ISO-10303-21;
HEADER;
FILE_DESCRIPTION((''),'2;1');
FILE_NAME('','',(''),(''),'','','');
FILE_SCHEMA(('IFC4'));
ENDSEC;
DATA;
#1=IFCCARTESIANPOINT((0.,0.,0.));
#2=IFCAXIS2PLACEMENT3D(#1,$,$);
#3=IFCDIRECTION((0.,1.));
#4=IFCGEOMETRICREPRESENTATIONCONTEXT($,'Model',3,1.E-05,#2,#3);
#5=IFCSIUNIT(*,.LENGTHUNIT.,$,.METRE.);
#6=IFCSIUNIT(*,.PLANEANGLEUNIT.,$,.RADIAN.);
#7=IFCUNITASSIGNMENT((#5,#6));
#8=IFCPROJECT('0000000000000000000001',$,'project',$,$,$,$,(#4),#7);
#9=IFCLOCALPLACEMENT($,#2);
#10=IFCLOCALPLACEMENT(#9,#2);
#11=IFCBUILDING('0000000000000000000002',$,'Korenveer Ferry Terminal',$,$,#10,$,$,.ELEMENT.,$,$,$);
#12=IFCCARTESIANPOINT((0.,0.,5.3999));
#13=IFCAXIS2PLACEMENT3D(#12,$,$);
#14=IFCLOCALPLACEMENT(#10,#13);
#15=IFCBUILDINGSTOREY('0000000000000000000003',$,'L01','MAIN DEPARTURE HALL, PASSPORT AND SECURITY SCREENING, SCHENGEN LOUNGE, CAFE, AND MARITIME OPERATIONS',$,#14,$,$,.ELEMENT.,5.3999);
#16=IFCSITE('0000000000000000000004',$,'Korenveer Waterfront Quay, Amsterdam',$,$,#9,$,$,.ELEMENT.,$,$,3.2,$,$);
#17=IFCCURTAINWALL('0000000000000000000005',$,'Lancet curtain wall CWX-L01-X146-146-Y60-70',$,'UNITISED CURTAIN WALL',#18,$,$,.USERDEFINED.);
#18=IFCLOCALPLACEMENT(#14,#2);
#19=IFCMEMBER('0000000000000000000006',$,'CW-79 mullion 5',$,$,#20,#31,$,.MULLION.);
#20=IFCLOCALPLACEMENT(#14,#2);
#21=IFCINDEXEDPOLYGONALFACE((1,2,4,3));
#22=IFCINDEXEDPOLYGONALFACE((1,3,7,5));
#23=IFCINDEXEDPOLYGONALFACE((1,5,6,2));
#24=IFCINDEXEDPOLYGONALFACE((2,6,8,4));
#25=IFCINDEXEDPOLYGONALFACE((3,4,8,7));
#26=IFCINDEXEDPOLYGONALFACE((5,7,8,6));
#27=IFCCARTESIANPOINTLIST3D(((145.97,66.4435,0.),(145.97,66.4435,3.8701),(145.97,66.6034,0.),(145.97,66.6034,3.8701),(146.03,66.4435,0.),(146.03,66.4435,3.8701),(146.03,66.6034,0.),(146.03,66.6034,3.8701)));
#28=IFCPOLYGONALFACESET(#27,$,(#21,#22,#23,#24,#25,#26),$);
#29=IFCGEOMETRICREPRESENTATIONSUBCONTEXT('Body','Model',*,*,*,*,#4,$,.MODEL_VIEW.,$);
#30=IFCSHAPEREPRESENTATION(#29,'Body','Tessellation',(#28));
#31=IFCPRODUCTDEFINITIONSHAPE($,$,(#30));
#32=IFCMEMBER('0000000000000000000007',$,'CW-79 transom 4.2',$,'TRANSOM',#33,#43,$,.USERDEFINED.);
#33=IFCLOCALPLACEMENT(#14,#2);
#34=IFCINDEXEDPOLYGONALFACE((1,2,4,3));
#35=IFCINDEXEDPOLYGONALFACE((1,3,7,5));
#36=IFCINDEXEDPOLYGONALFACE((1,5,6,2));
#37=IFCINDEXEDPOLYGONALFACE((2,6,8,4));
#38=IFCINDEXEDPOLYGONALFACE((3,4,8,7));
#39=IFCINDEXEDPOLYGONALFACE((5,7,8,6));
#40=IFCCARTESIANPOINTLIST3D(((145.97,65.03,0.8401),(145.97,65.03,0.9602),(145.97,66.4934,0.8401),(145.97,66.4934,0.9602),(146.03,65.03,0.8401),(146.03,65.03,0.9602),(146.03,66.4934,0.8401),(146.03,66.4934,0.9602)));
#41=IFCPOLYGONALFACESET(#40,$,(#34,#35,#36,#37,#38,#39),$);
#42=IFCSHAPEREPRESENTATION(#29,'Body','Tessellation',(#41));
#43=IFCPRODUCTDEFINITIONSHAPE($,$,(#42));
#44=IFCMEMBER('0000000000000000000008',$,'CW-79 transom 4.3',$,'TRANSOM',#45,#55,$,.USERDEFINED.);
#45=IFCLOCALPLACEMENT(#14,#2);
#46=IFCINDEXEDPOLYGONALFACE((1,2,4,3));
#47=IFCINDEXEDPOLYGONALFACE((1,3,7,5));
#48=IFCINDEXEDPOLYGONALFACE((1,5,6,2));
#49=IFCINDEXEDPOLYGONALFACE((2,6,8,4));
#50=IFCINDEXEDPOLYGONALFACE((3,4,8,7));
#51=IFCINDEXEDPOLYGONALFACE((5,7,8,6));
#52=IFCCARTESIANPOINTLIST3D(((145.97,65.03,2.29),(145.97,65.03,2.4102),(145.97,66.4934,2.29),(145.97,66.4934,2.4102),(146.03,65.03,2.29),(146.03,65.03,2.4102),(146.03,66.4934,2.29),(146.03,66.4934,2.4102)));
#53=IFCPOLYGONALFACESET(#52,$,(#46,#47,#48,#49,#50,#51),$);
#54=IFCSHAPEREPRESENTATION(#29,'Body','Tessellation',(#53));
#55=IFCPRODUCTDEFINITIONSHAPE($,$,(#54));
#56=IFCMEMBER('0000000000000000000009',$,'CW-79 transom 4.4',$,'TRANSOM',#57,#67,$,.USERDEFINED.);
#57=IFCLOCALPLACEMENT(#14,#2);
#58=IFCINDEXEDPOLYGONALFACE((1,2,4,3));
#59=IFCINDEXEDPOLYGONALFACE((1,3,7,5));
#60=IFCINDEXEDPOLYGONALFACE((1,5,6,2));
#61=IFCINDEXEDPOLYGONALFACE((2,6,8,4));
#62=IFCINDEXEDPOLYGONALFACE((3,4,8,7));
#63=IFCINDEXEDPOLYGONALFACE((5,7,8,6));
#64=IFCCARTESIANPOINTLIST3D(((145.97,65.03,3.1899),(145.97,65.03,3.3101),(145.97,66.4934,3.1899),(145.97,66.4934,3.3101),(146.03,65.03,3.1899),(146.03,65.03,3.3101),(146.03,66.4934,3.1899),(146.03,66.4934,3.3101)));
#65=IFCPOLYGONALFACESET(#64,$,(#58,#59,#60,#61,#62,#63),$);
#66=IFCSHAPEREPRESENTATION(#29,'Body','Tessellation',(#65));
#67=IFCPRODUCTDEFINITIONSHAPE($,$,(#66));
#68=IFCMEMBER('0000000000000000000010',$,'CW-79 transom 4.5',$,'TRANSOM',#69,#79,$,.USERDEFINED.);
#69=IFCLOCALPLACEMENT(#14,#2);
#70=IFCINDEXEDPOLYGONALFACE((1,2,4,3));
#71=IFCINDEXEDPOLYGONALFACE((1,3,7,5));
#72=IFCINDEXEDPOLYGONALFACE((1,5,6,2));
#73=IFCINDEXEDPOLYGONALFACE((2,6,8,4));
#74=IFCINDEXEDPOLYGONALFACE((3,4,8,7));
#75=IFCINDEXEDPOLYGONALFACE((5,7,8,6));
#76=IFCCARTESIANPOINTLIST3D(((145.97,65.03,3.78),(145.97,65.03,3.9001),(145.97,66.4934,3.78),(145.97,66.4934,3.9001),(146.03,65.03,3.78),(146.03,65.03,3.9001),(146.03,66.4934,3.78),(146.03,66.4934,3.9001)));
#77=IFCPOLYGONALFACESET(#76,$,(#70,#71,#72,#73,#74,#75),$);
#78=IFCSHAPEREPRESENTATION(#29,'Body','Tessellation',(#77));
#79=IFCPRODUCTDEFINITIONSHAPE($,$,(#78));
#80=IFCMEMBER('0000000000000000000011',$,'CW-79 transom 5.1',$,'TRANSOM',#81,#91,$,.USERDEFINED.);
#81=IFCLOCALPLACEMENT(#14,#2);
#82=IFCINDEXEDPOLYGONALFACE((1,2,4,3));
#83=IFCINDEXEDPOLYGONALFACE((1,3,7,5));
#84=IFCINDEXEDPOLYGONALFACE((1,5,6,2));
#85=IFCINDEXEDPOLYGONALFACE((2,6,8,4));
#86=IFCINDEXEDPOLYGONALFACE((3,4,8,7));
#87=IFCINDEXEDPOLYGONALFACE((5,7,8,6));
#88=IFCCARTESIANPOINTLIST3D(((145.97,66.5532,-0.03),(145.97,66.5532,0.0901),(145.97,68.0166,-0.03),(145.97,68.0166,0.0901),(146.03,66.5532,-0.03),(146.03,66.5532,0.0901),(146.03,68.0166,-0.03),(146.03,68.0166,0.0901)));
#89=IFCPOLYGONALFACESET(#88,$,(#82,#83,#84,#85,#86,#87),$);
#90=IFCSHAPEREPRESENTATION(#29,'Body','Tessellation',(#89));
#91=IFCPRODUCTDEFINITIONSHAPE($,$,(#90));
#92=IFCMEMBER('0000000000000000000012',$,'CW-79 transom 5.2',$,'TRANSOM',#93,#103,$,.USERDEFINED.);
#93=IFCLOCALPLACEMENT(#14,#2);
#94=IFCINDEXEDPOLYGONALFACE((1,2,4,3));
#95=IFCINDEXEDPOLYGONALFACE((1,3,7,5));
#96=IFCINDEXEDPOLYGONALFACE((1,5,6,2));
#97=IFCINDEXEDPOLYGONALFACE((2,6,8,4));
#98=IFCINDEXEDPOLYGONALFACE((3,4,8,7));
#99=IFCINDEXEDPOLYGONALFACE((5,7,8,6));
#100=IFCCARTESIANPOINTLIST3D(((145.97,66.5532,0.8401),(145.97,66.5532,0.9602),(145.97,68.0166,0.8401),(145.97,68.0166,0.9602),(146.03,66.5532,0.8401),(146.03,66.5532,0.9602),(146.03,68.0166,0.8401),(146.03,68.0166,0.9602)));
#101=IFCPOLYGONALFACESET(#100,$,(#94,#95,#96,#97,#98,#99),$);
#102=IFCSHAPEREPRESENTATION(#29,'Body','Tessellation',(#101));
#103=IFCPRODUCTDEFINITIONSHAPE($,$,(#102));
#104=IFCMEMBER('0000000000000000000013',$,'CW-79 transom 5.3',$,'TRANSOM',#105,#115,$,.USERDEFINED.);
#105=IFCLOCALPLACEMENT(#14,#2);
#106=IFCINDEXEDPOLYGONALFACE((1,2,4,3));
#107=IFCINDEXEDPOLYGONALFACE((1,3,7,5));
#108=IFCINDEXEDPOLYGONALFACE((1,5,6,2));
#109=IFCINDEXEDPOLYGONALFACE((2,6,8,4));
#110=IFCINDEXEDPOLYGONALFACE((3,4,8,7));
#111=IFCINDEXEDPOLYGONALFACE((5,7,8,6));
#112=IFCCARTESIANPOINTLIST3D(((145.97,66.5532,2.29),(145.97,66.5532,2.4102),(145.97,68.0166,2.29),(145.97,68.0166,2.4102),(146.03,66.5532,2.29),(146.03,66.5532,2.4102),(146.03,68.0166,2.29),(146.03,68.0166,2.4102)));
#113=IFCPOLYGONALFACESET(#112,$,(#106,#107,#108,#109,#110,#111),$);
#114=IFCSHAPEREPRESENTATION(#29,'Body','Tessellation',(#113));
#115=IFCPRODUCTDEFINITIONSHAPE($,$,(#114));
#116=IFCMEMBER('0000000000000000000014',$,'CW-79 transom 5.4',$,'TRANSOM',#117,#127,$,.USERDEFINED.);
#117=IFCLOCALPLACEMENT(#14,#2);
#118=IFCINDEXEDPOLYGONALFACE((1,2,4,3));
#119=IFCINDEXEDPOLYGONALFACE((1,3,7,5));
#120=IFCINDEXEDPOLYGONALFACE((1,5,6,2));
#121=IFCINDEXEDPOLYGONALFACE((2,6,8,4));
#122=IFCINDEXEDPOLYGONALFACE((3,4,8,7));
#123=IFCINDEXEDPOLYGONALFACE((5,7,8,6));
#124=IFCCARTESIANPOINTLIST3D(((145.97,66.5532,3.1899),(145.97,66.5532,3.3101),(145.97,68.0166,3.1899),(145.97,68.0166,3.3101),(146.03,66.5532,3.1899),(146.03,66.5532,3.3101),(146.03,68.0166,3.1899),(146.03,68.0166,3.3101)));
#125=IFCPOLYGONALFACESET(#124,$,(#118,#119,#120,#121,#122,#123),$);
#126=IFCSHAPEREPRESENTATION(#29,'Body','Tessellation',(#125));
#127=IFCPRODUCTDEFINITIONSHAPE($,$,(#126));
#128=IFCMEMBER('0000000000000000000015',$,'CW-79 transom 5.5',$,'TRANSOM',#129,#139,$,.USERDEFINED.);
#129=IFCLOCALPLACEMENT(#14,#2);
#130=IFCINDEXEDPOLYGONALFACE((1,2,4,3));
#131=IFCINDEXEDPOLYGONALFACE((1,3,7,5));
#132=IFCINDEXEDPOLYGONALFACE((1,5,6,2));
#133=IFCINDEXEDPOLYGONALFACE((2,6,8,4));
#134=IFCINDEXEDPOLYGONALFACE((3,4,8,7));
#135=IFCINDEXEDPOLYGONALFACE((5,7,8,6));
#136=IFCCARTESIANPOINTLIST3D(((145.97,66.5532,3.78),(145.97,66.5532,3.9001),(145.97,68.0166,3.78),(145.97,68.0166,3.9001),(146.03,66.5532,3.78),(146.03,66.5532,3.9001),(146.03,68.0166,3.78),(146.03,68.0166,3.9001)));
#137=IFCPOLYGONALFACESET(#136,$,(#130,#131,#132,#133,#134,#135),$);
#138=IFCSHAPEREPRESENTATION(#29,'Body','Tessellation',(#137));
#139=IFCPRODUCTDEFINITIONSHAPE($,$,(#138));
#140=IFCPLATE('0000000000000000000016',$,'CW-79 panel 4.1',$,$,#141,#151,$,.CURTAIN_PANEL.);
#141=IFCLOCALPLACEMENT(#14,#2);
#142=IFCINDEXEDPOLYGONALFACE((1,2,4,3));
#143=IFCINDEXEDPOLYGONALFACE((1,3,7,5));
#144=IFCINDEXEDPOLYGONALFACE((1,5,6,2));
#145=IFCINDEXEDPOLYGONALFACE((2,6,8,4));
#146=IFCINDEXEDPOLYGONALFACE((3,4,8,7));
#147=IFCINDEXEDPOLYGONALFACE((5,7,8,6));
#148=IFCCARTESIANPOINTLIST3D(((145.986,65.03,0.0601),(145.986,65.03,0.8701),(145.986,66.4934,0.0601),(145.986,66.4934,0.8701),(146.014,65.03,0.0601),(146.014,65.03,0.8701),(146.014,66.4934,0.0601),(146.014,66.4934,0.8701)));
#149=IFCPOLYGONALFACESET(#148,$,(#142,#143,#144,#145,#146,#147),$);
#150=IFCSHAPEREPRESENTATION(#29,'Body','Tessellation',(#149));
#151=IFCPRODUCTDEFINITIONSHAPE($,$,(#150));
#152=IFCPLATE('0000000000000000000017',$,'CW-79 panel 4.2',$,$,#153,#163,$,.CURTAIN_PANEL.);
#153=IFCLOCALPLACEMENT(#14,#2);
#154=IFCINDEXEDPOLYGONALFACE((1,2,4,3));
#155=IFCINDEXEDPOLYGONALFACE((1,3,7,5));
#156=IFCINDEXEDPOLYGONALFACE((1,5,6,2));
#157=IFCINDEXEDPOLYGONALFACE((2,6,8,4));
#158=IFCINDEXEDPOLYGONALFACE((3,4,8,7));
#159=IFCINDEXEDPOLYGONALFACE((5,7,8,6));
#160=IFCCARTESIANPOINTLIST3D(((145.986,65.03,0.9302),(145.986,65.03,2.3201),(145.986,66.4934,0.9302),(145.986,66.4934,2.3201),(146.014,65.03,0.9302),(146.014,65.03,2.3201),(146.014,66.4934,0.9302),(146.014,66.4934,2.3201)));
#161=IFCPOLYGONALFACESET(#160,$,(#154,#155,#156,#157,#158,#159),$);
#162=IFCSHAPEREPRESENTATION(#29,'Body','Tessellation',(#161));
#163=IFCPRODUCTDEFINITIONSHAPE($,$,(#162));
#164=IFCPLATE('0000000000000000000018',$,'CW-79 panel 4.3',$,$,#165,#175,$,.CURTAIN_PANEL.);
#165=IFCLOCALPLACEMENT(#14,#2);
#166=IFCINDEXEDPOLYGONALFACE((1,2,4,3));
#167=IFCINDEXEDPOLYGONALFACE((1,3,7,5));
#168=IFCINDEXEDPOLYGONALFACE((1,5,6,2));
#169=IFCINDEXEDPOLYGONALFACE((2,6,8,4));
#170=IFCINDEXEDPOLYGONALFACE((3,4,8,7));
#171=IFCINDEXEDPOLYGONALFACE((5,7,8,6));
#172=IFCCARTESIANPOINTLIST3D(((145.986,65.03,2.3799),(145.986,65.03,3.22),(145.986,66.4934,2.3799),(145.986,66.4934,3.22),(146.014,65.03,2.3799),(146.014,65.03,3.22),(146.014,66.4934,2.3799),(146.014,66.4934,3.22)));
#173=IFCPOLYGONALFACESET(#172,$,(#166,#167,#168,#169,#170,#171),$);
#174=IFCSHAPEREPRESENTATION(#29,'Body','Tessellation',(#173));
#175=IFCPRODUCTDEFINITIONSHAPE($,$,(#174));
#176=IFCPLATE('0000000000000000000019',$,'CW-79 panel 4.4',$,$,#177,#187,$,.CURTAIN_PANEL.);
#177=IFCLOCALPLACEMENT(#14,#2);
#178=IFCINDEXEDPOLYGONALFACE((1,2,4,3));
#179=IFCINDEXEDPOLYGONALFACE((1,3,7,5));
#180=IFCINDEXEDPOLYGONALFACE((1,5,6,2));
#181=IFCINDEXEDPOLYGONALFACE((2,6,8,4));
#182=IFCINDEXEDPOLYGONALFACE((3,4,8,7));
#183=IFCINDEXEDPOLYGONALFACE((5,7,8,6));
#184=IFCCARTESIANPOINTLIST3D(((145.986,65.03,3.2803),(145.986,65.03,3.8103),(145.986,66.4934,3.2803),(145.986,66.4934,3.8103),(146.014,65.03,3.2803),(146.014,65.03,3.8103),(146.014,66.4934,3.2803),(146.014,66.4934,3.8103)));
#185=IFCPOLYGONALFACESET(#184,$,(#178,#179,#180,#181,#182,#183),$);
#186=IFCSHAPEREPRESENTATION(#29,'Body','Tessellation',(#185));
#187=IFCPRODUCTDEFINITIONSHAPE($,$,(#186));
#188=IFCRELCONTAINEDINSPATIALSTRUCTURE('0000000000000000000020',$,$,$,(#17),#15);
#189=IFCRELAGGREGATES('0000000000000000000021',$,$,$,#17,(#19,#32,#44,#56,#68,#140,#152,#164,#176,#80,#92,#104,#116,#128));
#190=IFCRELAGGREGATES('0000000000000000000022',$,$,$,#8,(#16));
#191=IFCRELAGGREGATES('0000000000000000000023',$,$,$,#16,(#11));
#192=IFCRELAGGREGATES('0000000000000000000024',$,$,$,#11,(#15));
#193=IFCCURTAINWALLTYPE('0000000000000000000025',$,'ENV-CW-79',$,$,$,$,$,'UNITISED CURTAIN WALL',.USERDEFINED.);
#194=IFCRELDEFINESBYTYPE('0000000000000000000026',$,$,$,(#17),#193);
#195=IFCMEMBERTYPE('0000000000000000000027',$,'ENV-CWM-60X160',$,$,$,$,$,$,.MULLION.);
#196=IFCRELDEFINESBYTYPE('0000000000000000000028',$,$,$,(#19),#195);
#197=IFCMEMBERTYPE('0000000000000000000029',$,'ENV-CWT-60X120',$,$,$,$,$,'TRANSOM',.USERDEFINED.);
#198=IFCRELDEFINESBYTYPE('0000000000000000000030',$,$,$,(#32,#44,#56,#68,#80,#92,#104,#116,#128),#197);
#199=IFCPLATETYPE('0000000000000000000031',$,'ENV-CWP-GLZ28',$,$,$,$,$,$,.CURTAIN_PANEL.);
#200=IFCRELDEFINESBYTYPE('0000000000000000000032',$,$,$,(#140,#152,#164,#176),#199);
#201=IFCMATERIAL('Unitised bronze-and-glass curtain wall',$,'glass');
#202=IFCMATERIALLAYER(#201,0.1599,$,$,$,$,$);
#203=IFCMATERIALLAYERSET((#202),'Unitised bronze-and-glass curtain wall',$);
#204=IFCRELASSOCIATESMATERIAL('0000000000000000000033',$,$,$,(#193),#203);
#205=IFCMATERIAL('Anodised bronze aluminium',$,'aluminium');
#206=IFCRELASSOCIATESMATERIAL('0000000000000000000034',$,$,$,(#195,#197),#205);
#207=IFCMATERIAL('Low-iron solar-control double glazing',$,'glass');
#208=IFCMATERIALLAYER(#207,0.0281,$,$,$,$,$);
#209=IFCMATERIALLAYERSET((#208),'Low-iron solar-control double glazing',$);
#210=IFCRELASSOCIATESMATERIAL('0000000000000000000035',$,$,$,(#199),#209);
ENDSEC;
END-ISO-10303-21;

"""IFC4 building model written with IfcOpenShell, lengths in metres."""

from ifc_helpers import new_model, si_unit, direction, frame, origin, origin_2d, place, context, subcontext, project, spatial, rectangle, extrude, material, layer, layer_set, material_profile, profile_set, type_object, element, aggregate, save


model = new_model("IFC4")

# Units and contexts
model_context = context("Model", 3, precision=1e-05, world=origin(), true_north=direction((0.0, 1.0)))
body_context = subcontext(model_context, "Body", "Model", "MODEL_VIEW")
ifc_project = project(units=[si_unit("LENGTHUNIT", "METRE"), si_unit("PLANEANGLEUNIT", "RADIAN")], contexts=[model_context])

# Site, building, storey
site_placement = place(None, origin())
site = spatial("IfcSite", under=ifc_project, at=site_placement, Name="Korenveer Waterfront Quay, Amsterdam", CompositionType="ELEMENT", RefElevation=3.2)
building_placement = place(site_placement, origin())
building = spatial("IfcBuilding", under=site, at=building_placement, Name="Korenveer Ferry Terminal", CompositionType="ELEMENT")
storey_placement = place(building_placement, frame((0.0, 0.0, 5.3999)))
storey = spatial("IfcBuildingStorey", under=building, at=storey_placement, Name="L01", Description="MAIN DEPARTURE HALL, PASSPORT AND SECURITY SCREENING, SCHENGEN LOUNGE, CAFE, AND MARITIME OPERATIONS", CompositionType="ELEMENT", Elevation=5.3999)

# Curtain wall, members, plates
ifc_material_1 = material(Name="Unitised bronze-and-glass curtain wall", Category="glass")
ifc_layer_1 = layer(ifc_material_1, 0.1599)
ifc_layer_set_1 = layer_set([ifc_layer_1], Name="Unitised bronze-and-glass curtain wall")
curtain_wall_type = type_object("IfcCurtainWallType", Name="ENV-CW-79", ElementType="UNITISED CURTAIN WALL", PredefinedType="USERDEFINED", material=ifc_layer_set_1)
curtain_wall_placement = place(storey_placement, frame((146.0, 60.4299, 0.0)))
curtain_wall = element("IfcCurtainWall", 1, at=curtain_wall_placement, inside=storey, type_object=curtain_wall_type, Name="Lancet curtain wall CWX-L01-X146-146-Y60-70", ObjectType="UNITISED CURTAIN WALL", PredefinedType="USERDEFINED")
ifc_material_2 = material(Name="Anodised bronze aluminium", Category="aluminium")
ifc_material_profile_1 = material_profile(ifc_material_2, rectangle(XDim=0.0601, YDim=0.1599, at=origin_2d()), Name="ALU 60x160")
ifc_profile_set_1 = profile_set([ifc_material_profile_1], Name="Anodised bronze aluminium")
member_type_1 = type_object("IfcMemberType", Name="ENV-CWM-60X160", PredefinedType="MULLION", material=ifc_profile_set_1)
member_1_placement = place(storey_placement, frame((146.0, 66.5234, 0.0), z_axis=(0.0, 0.0, 1.0), x_axis=(-1.0, 0.0, 0.0)))
member_1 = element("IfcMember", 2, at=member_1_placement, type_object=member_type_1, Name="CW-79 mullion 5", PredefinedType="MULLION", context=body_context, shape_type="SweptSolid", body=[
    extrude(rectangle(XDim=0.0601, YDim=0.1599, at=origin_2d()), origin(), (0.0, 0.0, 1.0), 3.8701),
])
ifc_material_profile_2 = material_profile(ifc_material_2, rectangle(XDim=0.0601, YDim=0.1201, at=origin_2d()), Name="ALU 60x120")
ifc_profile_set_2 = profile_set([ifc_material_profile_2], Name="Anodised bronze aluminium")
member_type_2 = type_object("IfcMemberType", Name="ENV-CWT-60X120", ElementType="TRANSOM", PredefinedType="USERDEFINED", material=ifc_profile_set_2)
member_2_placement = place(storey_placement, frame((146.0, 65.03, 0.9001), z_axis=(0.0, 1.0, 0.0), x_axis=(-1.0, 0.0, 0.0)))
member_2 = element("IfcMember", 3, at=member_2_placement, type_object=member_type_2, Name="CW-79 transom 4.2", ObjectType="TRANSOM", PredefinedType="USERDEFINED", context=body_context, shape_type="SweptSolid", body=[
    extrude(rectangle(XDim=0.0601, YDim=0.1201, at=origin_2d()), origin(), (0.0, 0.0, 1.0), 1.4634),
])
member_3_placement = place(storey_placement, frame((146.0, 65.03, 2.3501), z_axis=(0.0, 1.0, 0.0), x_axis=(-1.0, 0.0, 0.0)))
member_3 = element("IfcMember", 4, at=member_3_placement, type_object=member_type_2, Name="CW-79 transom 4.3", ObjectType="TRANSOM", PredefinedType="USERDEFINED", context=body_context, shape_type="SweptSolid", body=[
    extrude(rectangle(XDim=0.0601, YDim=0.1201, at=origin_2d()), origin(), (0.0, 0.0, 1.0), 1.4634),
])
member_4_placement = place(storey_placement, frame((146.0, 65.03, 3.25), z_axis=(0.0, 1.0, 0.0), x_axis=(-1.0, 0.0, 0.0)))
member_4 = element("IfcMember", 5, at=member_4_placement, type_object=member_type_2, Name="CW-79 transom 4.4", ObjectType="TRANSOM", PredefinedType="USERDEFINED", context=body_context, shape_type="SweptSolid", body=[
    extrude(rectangle(XDim=0.0601, YDim=0.1201, at=origin_2d()), origin(), (0.0, 0.0, 1.0), 1.4634),
])
member_5_placement = place(storey_placement, frame((146.0, 65.03, 3.8401), z_axis=(0.0, 1.0, 0.0), x_axis=(-1.0, 0.0, 0.0)))
member_5 = element("IfcMember", 6, at=member_5_placement, type_object=member_type_2, Name="CW-79 transom 4.5", ObjectType="TRANSOM", PredefinedType="USERDEFINED", context=body_context, shape_type="SweptSolid", body=[
    extrude(rectangle(XDim=0.0601, YDim=0.1201, at=origin_2d()), origin(), (0.0, 0.0, 1.0), 1.4634),
])
member_6_placement = place(storey_placement, frame((146.0, 66.5532, 0.03), z_axis=(0.0, 1.0, 0.0), x_axis=(-1.0, 0.0, 0.0)))
member_6 = element("IfcMember", 7, at=member_6_placement, type_object=member_type_2, Name="CW-79 transom 5.1", ObjectType="TRANSOM", PredefinedType="USERDEFINED", context=body_context, shape_type="SweptSolid", body=[
    extrude(rectangle(XDim=0.0601, YDim=0.1201, at=origin_2d()), origin(), (0.0, 0.0, 1.0), 1.4634),
])
member_7_placement = place(storey_placement, frame((146.0, 66.5532, 0.9001), z_axis=(0.0, 1.0, 0.0), x_axis=(-1.0, 0.0, 0.0)))
member_7 = element("IfcMember", 8, at=member_7_placement, type_object=member_type_2, Name="CW-79 transom 5.2", ObjectType="TRANSOM", PredefinedType="USERDEFINED", context=body_context, shape_type="SweptSolid", body=[
    extrude(rectangle(XDim=0.0601, YDim=0.1201, at=origin_2d()), origin(), (0.0, 0.0, 1.0), 1.4634),
])
member_8_placement = place(storey_placement, frame((146.0, 66.5532, 2.3501), z_axis=(0.0, 1.0, 0.0), x_axis=(-1.0, 0.0, 0.0)))
member_8 = element("IfcMember", 9, at=member_8_placement, type_object=member_type_2, Name="CW-79 transom 5.3", ObjectType="TRANSOM", PredefinedType="USERDEFINED", context=body_context, shape_type="SweptSolid", body=[
    extrude(rectangle(XDim=0.0601, YDim=0.1201, at=origin_2d()), origin(), (0.0, 0.0, 1.0), 1.4634),
])
member_9_placement = place(storey_placement, frame((146.0, 66.5532, 3.25), z_axis=(0.0, 1.0, 0.0), x_axis=(-1.0, 0.0, 0.0)))
member_9 = element("IfcMember", 10, at=member_9_placement, type_object=member_type_2, Name="CW-79 transom 5.4", ObjectType="TRANSOM", PredefinedType="USERDEFINED", context=body_context, shape_type="SweptSolid", body=[
    extrude(rectangle(XDim=0.0601, YDim=0.1201, at=origin_2d()), origin(), (0.0, 0.0, 1.0), 1.4634),
])
member_10_placement = place(storey_placement, frame((146.0, 66.5532, 3.8401), z_axis=(0.0, 1.0, 0.0), x_axis=(-1.0, 0.0, 0.0)))
member_10 = element("IfcMember", 11, at=member_10_placement, type_object=member_type_2, Name="CW-79 transom 5.5", ObjectType="TRANSOM", PredefinedType="USERDEFINED", context=body_context, shape_type="SweptSolid", body=[
    extrude(rectangle(XDim=0.0601, YDim=0.1201, at=origin_2d()), origin(), (0.0, 0.0, 1.0), 1.4634),
])
ifc_material_3 = material(Name="Low-iron solar-control double glazing", Category="glass")
ifc_layer_2 = layer(ifc_material_3, 0.0281)
ifc_layer_set_2 = layer_set([ifc_layer_2], Name="Low-iron solar-control double glazing")
plate_type = type_object("IfcPlateType", Name="ENV-CWP-GLZ28", PredefinedType="CURTAIN_PANEL", material=ifc_layer_set_2)
plate_1_placement = place(storey_placement, frame((146.0, 65.7617, 0.0601), z_axis=(0.0, 0.0, 1.0), x_axis=(0.0, 1.0, 0.0)))
plate_1 = element("IfcPlate", 12, at=plate_1_placement, type_object=plate_type, Name="CW-79 panel 4.1", PredefinedType="CURTAIN_PANEL", context=body_context, shape_type="SweptSolid", body=[
    extrude(rectangle(XDim=1.4634, YDim=0.0281, at=origin_2d()), origin(), (0.0, 0.0, 1.0), 0.8101),
])
plate_2_placement = place(storey_placement, frame((146.0, 65.7617, 0.9302), z_axis=(0.0, 0.0, 1.0), x_axis=(0.0, 1.0, 0.0)))
plate_2 = element("IfcPlate", 13, at=plate_2_placement, type_object=plate_type, Name="CW-79 panel 4.2", PredefinedType="CURTAIN_PANEL", context=body_context, shape_type="SweptSolid", body=[
    extrude(rectangle(XDim=1.4634, YDim=0.0281, at=origin_2d()), origin(), (0.0, 0.0, 1.0), 1.3899),
])
plate_3_placement = place(storey_placement, frame((146.0, 65.7617, 2.3799), z_axis=(0.0, 0.0, 1.0), x_axis=(0.0, 1.0, 0.0)))
plate_3 = element("IfcPlate", 14, at=plate_3_placement, type_object=plate_type, Name="CW-79 panel 4.3", PredefinedType="CURTAIN_PANEL", context=body_context, shape_type="SweptSolid", body=[
    extrude(rectangle(XDim=1.4634, YDim=0.0281, at=origin_2d()), origin(), (0.0, 0.0, 1.0), 0.8401),
])
plate_4_placement = place(storey_placement, frame((146.0, 65.7617, 3.2803), z_axis=(0.0, 0.0, 1.0), x_axis=(0.0, 1.0, 0.0)))
plate_4 = element("IfcPlate", 15, at=plate_4_placement, type_object=plate_type, Name="CW-79 panel 4.4", PredefinedType="CURTAIN_PANEL", context=body_context, shape_type="SweptSolid", body=[
    extrude(rectangle(XDim=1.4634, YDim=0.0281, at=origin_2d()), origin(), (0.0, 0.0, 1.0), 0.53),
])
aggregate(curtain_wall, [member_1, member_2, member_3, member_4, member_5, plate_1, plate_2, plate_3, plate_4, member_6, member_7, member_8, member_9, member_10])

save(model, "model.ifc")
